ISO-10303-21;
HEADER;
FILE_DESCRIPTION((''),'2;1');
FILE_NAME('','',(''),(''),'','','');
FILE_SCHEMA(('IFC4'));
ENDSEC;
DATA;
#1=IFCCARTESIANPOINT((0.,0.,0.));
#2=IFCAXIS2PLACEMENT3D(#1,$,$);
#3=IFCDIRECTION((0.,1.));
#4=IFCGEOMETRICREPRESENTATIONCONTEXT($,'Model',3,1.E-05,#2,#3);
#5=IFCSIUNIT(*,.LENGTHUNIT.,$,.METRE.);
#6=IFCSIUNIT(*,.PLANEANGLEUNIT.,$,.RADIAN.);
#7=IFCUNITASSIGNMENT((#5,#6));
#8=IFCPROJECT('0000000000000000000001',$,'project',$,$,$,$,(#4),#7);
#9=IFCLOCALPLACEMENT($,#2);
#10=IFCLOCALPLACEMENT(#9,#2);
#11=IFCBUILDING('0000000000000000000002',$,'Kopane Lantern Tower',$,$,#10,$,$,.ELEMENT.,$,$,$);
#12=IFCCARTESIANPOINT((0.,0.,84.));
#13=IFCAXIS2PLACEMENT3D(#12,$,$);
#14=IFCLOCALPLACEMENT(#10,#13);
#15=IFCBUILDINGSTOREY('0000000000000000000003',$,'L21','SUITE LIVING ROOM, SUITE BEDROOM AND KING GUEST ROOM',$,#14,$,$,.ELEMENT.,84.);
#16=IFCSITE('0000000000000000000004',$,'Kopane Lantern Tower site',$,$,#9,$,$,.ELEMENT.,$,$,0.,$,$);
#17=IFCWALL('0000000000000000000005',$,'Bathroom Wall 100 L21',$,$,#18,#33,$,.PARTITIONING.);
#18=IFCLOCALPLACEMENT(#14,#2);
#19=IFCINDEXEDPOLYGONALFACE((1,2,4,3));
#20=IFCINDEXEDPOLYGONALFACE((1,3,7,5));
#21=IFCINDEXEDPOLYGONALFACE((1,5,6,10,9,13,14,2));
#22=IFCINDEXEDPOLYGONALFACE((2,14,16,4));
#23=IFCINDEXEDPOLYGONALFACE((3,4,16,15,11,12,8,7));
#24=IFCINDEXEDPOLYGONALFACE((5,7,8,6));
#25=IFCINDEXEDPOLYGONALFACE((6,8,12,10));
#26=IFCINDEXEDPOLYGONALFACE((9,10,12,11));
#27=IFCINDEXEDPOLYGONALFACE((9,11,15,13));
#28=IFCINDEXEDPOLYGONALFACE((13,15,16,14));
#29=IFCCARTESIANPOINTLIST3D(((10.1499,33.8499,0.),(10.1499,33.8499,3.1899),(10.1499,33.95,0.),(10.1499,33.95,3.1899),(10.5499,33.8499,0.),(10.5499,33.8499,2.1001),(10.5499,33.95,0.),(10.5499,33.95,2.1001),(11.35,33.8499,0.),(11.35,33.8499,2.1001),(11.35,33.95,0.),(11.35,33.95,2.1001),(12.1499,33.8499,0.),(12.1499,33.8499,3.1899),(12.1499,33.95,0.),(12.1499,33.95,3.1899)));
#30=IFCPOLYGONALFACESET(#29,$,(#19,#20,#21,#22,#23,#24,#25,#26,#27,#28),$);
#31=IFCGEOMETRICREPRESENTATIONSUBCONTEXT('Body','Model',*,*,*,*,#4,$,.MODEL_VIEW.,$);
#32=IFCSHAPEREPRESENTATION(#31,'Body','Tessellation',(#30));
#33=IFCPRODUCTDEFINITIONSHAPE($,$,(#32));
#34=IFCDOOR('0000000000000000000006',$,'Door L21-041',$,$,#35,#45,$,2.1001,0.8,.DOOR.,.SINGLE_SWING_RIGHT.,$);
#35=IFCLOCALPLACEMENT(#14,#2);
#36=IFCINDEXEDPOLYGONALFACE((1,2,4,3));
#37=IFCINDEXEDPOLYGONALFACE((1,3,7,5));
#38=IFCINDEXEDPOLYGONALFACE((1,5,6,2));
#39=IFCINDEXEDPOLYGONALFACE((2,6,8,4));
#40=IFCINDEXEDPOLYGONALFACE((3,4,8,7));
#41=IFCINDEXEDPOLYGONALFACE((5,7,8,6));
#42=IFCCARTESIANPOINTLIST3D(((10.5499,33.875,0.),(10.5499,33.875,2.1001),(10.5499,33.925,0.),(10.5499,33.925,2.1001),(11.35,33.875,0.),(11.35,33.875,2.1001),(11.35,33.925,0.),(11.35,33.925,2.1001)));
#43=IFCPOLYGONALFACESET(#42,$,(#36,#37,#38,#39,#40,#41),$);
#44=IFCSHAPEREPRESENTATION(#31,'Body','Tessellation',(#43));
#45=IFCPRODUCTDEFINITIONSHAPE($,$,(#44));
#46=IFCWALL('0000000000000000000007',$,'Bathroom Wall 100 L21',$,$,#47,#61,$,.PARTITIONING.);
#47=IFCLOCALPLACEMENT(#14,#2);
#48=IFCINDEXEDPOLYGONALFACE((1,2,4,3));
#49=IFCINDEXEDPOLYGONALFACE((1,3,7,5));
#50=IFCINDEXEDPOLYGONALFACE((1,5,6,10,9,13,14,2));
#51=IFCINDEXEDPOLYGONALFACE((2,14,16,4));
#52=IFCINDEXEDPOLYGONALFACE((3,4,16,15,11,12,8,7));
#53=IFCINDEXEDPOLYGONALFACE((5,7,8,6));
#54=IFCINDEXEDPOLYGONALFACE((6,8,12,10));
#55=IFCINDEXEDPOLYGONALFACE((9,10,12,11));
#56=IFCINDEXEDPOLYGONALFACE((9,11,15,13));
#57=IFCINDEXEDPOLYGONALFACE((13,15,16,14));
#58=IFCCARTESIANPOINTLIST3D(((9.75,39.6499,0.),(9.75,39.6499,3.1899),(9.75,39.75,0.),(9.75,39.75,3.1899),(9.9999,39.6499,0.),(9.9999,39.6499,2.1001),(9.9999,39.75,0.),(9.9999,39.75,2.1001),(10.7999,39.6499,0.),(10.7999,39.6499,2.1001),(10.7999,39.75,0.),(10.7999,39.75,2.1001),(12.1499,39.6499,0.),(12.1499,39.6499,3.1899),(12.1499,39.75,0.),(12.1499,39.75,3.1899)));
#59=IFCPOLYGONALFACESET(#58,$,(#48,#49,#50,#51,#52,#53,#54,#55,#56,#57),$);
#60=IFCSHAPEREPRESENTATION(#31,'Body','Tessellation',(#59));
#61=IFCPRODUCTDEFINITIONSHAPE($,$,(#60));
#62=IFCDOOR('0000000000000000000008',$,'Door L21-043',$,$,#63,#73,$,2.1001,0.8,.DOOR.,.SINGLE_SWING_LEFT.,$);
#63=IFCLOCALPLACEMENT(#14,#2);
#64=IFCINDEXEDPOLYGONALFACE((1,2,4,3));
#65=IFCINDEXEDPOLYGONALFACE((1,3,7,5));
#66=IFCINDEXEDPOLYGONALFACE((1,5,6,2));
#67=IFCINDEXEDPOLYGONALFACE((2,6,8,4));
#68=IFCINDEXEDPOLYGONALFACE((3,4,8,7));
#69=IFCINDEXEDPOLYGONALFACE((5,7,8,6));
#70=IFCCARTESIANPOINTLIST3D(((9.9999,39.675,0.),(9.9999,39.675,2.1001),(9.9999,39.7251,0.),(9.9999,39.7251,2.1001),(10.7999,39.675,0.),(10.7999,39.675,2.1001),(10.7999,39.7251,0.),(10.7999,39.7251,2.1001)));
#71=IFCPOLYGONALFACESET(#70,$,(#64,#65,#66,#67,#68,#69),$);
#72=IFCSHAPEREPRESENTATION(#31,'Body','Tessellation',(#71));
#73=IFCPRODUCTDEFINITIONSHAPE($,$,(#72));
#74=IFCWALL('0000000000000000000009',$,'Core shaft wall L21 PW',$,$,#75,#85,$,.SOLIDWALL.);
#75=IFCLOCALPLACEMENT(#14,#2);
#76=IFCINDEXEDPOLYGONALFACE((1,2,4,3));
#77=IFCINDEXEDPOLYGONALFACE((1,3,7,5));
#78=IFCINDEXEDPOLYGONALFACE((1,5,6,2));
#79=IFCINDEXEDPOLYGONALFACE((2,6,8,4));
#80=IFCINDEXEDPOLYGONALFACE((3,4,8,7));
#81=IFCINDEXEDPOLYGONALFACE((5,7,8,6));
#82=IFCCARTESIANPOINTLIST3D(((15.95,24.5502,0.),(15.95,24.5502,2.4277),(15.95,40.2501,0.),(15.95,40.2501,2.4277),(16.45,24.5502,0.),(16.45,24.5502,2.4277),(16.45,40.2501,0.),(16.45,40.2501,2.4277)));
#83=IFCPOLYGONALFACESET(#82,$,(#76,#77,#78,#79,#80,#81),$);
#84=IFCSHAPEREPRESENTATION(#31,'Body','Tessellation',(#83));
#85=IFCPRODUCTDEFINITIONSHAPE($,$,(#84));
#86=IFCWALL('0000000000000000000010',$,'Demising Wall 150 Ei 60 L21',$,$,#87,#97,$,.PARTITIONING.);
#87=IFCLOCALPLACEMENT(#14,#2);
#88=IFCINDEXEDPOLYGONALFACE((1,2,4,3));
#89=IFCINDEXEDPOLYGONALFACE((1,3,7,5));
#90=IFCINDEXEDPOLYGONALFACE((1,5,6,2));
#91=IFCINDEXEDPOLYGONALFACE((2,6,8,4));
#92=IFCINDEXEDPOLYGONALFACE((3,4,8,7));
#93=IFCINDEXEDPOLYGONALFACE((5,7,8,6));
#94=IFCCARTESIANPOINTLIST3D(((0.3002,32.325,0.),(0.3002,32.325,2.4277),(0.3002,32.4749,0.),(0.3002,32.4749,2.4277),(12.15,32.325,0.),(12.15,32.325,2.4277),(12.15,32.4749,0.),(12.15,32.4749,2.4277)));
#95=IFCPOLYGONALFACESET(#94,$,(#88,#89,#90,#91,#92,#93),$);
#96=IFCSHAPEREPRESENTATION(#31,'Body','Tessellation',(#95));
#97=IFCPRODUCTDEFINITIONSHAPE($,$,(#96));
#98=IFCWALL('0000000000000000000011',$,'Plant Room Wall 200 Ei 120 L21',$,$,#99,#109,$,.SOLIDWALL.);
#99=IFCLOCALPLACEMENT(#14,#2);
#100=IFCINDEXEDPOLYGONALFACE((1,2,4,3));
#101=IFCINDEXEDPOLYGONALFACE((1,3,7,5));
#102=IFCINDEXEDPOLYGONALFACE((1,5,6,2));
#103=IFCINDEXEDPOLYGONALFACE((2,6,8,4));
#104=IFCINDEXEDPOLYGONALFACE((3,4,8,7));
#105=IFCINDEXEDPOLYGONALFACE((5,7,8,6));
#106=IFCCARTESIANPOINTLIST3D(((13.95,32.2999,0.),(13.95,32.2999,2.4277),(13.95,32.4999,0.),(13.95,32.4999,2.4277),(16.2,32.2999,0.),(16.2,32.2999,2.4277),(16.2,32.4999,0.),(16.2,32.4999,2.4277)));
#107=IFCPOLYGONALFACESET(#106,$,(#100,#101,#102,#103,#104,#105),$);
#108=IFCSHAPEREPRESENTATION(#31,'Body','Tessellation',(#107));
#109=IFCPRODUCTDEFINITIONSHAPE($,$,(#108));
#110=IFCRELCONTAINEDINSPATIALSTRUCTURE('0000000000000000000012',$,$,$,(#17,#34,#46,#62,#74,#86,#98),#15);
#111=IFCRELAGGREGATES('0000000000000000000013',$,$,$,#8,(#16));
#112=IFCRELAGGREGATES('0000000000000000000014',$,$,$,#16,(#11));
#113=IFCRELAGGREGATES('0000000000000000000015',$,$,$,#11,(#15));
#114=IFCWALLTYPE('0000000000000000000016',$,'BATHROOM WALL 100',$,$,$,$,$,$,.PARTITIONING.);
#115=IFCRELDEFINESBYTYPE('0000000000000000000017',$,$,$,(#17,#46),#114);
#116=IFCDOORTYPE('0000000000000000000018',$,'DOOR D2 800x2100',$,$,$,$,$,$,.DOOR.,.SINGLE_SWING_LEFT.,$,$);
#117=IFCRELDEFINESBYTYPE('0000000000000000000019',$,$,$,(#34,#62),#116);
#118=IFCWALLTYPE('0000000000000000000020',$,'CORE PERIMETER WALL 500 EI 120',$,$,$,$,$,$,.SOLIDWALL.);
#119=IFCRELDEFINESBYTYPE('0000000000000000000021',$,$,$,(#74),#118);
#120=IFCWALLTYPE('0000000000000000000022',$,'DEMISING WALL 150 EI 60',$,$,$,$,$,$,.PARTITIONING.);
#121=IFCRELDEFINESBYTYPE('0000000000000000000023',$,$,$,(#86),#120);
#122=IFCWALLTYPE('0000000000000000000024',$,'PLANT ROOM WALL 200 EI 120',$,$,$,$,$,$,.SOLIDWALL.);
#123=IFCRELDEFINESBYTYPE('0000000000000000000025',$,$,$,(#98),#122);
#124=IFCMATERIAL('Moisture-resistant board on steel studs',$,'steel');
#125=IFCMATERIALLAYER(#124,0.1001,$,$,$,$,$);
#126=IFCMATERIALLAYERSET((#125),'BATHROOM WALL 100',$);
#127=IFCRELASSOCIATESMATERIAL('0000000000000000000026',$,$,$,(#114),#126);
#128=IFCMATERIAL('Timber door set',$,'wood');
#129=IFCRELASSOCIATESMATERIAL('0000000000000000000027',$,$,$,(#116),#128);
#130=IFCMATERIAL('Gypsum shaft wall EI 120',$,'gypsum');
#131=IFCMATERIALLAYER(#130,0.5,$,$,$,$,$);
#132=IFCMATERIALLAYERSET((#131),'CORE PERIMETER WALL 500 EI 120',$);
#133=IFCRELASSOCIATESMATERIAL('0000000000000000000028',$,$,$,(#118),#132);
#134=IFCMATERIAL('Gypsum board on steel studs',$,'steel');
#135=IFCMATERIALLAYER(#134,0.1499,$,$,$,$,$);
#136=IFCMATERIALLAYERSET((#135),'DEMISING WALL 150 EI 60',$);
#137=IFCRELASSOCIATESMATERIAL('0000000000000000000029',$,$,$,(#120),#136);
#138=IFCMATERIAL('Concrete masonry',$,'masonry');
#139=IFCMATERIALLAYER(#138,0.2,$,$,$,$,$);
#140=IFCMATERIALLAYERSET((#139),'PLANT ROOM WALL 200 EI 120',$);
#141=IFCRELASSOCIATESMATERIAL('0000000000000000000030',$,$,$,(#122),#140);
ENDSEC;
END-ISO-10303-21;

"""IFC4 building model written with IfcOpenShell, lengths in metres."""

from ifc_helpers import new_model, si_unit, direction, frame, frame_2d, origin, place, context, subcontext, project, spatial, rectangle, extrude, material, layer, layer_set, type_object, element, fill, save


model = new_model("IFC4")

# Units and contexts
model_context = context("Model", 3, precision=1e-05, world=origin(), true_north=direction((0.0, 1.0)))
body_context = subcontext(model_context, "Body", "Model", "MODEL_VIEW")
ifc_project = project(units=[si_unit("LENGTHUNIT", "METRE"), si_unit("PLANEANGLEUNIT", "RADIAN")], contexts=[model_context])

# Site, building, storey
site_placement = place(None, origin())
site = spatial("IfcSite", under=ifc_project, at=site_placement, Name="Kopane Lantern Tower site", CompositionType="ELEMENT", RefElevation=0.0)
building_placement = place(site_placement, origin())
building = spatial("IfcBuilding", under=site, at=building_placement, Name="Kopane Lantern Tower", CompositionType="ELEMENT")
storey_placement = place(building_placement, frame((0.0, 0.0, 84.0)))
storey = spatial("IfcBuildingStorey", under=building, at=storey_placement, Name="L21", Description="SUITE LIVING ROOM, SUITE BEDROOM AND KING GUEST ROOM", CompositionType="ELEMENT", Elevation=84.0)

# Shared definitions
ifc_material_1 = material(Name="Moisture-resistant board on steel studs", Category="steel")
ifc_layer_1 = layer(ifc_material_1, 0.1001)
ifc_layer_set_1 = layer_set([ifc_layer_1], Name="BATHROOM WALL 100")
wall_type_1 = type_object("IfcWallType", Name="BATHROOM WALL 100", PredefinedType="PARTITIONING", material=ifc_layer_set_1)
ifc_material_2 = material(Name="Timber door set", Category="wood")
door_type_1 = type_object("IfcDoorType", Name="DOOR D2 800x2100", OperationType="SINGLE_SWING_LEFT", PredefinedType="DOOR", material=ifc_material_2)

# Walls, openings, doors
wall_1_placement = place(storey_placement, frame((12.1499, 33.8999, 0.0), z_axis=(0.0, 0.0, 1.0), x_axis=(-1.0, 0.0, 0.0)))
wall_1 = element("IfcWall", 1, at=wall_1_placement, inside=storey, type_object=wall_type_1, Name="Bathroom Wall 100 L21", PredefinedType="PARTITIONING", context=body_context, shape_type="SweptSolid", body=[
    extrude(rectangle(XDim=2.0, YDim=0.1001, at=frame_2d((1.0, 0.0))), origin(), (0.0, 0.0, 1.0), 3.1899),
])
opening_1_placement = place(wall_1_placement, frame((0.8, 0.0, 0.0)))
opening_1 = element("IfcOpeningElement", 2, at=opening_1_placement, cuts=wall_1, PredefinedType="OPENING", context=body_context, shape_type="SweptSolid", body=[
    extrude(rectangle(XDim=0.8, YDim=2.1001, at=frame_2d((0.3999, 1.05))), frame((0.0, 0.0601, 0.0), z_axis=(0.0, -1.0, 0.0), x_axis=(1.0, 0.0, 0.0)), (0.0, 0.0, 1.0), 0.1201),
])
door_1_placement = place(opening_1_placement, origin())
door_1 = element("IfcDoor", 3, at=door_1_placement, inside=storey, type_object=door_type_1, Name="Door L21-041", OperationType="SINGLE_SWING_RIGHT", OverallHeight=2.1001, OverallWidth=0.8, PredefinedType="DOOR", context=body_context, shape_type="SweptSolid", body=[
    extrude(rectangle(XDim=0.8, YDim=2.1001, at=frame_2d((0.3999, 1.05))), frame((0.0, 0.0249, 0.0), z_axis=(0.0, -1.0, 0.0), x_axis=(1.0, 0.0, 0.0)), (0.0, 0.0, 1.0), 0.05),
])
fill(opening_1, door_1)
wall_2_placement = place(storey_placement, frame((12.1499, 39.7, 0.0), z_axis=(0.0, 0.0, 1.0), x_axis=(-1.0, 0.0, 0.0)))
wall_2 = element("IfcWall", 4, at=wall_2_placement, inside=storey, type_object=wall_type_1, Name="Bathroom Wall 100 L21", PredefinedType="PARTITIONING", context=body_context, shape_type="SweptSolid", body=[
    extrude(rectangle(XDim=2.3999, YDim=0.1001, at=frame_2d((1.2, 0.0))), origin(), (0.0, 0.0, 1.0), 3.1899),
])
opening_2_placement = place(wall_2_placement, frame((1.3501, 0.0, 0.0)))
opening_2 = element("IfcOpeningElement", 5, at=opening_2_placement, cuts=wall_2, PredefinedType="OPENING", context=body_context, shape_type="SweptSolid", body=[
    extrude(rectangle(XDim=0.8, YDim=2.1001, at=frame_2d((0.3999, 1.05))), frame((0.0, 0.0601, 0.0), z_axis=(0.0, -1.0, 0.0), x_axis=(1.0, 0.0, 0.0)), (0.0, 0.0, 1.0), 0.1201),
])
door_2_placement = place(opening_2_placement, origin())
door_2 = element("IfcDoor", 6, at=door_2_placement, inside=storey, type_object=door_type_1, Name="Door L21-043", OperationType="SINGLE_SWING_LEFT", OverallHeight=2.1001, OverallWidth=0.8, PredefinedType="DOOR", context=body_context, shape_type="SweptSolid", body=[
    extrude(rectangle(XDim=0.8, YDim=2.1001, at=frame_2d((0.3999, 1.05))), frame((0.0, 0.0249, 0.0), z_axis=(0.0, -1.0, 0.0), x_axis=(1.0, 0.0, 0.0)), (0.0, 0.0, 1.0), 0.05),
])
fill(opening_2, door_2)

# Walls
ifc_material_3 = material(Name="Gypsum shaft wall EI 120", Category="gypsum")
ifc_layer_2 = layer(ifc_material_3, 0.5)
ifc_layer_set_2 = layer_set([ifc_layer_2], Name="CORE PERIMETER WALL 500 EI 120")
wall_type_2 = type_object("IfcWallType", Name="CORE PERIMETER WALL 500 EI 120", PredefinedType="SOLIDWALL", material=ifc_layer_set_2)
wall_3_placement = place(storey_placement, frame((16.2, 24.55, 0.0), z_axis=(0.0, 0.0, 1.0), x_axis=(0.0, 1.0, 0.0)))
element("IfcWall", 7, at=wall_3_placement, inside=storey, type_object=wall_type_2, Name="Core shaft wall L21 PW", PredefinedType="SOLIDWALL", context=body_context, shape_type="SweptSolid", body=[
    extrude(rectangle(XDim=15.7, YDim=0.5, at=frame_2d((7.8501, 0.0))), origin(), (0.0, 0.0, 1.0), 2.4277),
])
ifc_material_4 = material(Name="Gypsum board on steel studs", Category="steel")
ifc_layer_3 = layer(ifc_material_4, 0.1499)
ifc_layer_set_3 = layer_set([ifc_layer_3], Name="DEMISING WALL 150 EI 60")
wall_type_3 = type_object("IfcWallType", Name="DEMISING WALL 150 EI 60", PredefinedType="PARTITIONING", material=ifc_layer_set_3)
wall_4_placement = place(storey_placement, frame((12.1499, 32.3999, 0.0), z_axis=(0.0, 0.0, 1.0), x_axis=(-1.0, 0.0, 0.0)))
element("IfcWall", 8, at=wall_4_placement, inside=storey, type_object=wall_type_3, Name="Demising Wall 150 Ei 60 L21", PredefinedType="PARTITIONING", context=body_context, shape_type="SweptSolid", body=[
    extrude(rectangle(XDim=11.8499, YDim=0.1499, at=frame_2d((5.9248, 0.0))), origin(), (0.0, 0.0, 1.0), 2.4277),
])
ifc_material_5 = material(Name="Concrete masonry", Category="masonry")
ifc_layer_4 = layer(ifc_material_5, 0.2)
ifc_layer_set_4 = layer_set([ifc_layer_4], Name="PLANT ROOM WALL 200 EI 120")
wall_type_4 = type_object("IfcWallType", Name="PLANT ROOM WALL 200 EI 120", PredefinedType="SOLIDWALL", material=ifc_layer_set_4)
wall_5_placement = place(storey_placement, frame((13.95, 32.3999, 0.0), z_axis=(0.0, 0.0, 1.0), x_axis=(1.0, 0.0, 0.0)))
element("IfcWall", 9, at=wall_5_placement, inside=storey, type_object=wall_type_4, Name="Plant Room Wall 200 Ei 120 L21", PredefinedType="SOLIDWALL", context=body_context, shape_type="SweptSolid", body=[
    extrude(rectangle(XDim=2.25, YDim=0.2, at=frame_2d((1.125, 0.0))), origin(), (0.0, 0.0, 1.0), 2.4277),
])

save(model, "model.ifc")
